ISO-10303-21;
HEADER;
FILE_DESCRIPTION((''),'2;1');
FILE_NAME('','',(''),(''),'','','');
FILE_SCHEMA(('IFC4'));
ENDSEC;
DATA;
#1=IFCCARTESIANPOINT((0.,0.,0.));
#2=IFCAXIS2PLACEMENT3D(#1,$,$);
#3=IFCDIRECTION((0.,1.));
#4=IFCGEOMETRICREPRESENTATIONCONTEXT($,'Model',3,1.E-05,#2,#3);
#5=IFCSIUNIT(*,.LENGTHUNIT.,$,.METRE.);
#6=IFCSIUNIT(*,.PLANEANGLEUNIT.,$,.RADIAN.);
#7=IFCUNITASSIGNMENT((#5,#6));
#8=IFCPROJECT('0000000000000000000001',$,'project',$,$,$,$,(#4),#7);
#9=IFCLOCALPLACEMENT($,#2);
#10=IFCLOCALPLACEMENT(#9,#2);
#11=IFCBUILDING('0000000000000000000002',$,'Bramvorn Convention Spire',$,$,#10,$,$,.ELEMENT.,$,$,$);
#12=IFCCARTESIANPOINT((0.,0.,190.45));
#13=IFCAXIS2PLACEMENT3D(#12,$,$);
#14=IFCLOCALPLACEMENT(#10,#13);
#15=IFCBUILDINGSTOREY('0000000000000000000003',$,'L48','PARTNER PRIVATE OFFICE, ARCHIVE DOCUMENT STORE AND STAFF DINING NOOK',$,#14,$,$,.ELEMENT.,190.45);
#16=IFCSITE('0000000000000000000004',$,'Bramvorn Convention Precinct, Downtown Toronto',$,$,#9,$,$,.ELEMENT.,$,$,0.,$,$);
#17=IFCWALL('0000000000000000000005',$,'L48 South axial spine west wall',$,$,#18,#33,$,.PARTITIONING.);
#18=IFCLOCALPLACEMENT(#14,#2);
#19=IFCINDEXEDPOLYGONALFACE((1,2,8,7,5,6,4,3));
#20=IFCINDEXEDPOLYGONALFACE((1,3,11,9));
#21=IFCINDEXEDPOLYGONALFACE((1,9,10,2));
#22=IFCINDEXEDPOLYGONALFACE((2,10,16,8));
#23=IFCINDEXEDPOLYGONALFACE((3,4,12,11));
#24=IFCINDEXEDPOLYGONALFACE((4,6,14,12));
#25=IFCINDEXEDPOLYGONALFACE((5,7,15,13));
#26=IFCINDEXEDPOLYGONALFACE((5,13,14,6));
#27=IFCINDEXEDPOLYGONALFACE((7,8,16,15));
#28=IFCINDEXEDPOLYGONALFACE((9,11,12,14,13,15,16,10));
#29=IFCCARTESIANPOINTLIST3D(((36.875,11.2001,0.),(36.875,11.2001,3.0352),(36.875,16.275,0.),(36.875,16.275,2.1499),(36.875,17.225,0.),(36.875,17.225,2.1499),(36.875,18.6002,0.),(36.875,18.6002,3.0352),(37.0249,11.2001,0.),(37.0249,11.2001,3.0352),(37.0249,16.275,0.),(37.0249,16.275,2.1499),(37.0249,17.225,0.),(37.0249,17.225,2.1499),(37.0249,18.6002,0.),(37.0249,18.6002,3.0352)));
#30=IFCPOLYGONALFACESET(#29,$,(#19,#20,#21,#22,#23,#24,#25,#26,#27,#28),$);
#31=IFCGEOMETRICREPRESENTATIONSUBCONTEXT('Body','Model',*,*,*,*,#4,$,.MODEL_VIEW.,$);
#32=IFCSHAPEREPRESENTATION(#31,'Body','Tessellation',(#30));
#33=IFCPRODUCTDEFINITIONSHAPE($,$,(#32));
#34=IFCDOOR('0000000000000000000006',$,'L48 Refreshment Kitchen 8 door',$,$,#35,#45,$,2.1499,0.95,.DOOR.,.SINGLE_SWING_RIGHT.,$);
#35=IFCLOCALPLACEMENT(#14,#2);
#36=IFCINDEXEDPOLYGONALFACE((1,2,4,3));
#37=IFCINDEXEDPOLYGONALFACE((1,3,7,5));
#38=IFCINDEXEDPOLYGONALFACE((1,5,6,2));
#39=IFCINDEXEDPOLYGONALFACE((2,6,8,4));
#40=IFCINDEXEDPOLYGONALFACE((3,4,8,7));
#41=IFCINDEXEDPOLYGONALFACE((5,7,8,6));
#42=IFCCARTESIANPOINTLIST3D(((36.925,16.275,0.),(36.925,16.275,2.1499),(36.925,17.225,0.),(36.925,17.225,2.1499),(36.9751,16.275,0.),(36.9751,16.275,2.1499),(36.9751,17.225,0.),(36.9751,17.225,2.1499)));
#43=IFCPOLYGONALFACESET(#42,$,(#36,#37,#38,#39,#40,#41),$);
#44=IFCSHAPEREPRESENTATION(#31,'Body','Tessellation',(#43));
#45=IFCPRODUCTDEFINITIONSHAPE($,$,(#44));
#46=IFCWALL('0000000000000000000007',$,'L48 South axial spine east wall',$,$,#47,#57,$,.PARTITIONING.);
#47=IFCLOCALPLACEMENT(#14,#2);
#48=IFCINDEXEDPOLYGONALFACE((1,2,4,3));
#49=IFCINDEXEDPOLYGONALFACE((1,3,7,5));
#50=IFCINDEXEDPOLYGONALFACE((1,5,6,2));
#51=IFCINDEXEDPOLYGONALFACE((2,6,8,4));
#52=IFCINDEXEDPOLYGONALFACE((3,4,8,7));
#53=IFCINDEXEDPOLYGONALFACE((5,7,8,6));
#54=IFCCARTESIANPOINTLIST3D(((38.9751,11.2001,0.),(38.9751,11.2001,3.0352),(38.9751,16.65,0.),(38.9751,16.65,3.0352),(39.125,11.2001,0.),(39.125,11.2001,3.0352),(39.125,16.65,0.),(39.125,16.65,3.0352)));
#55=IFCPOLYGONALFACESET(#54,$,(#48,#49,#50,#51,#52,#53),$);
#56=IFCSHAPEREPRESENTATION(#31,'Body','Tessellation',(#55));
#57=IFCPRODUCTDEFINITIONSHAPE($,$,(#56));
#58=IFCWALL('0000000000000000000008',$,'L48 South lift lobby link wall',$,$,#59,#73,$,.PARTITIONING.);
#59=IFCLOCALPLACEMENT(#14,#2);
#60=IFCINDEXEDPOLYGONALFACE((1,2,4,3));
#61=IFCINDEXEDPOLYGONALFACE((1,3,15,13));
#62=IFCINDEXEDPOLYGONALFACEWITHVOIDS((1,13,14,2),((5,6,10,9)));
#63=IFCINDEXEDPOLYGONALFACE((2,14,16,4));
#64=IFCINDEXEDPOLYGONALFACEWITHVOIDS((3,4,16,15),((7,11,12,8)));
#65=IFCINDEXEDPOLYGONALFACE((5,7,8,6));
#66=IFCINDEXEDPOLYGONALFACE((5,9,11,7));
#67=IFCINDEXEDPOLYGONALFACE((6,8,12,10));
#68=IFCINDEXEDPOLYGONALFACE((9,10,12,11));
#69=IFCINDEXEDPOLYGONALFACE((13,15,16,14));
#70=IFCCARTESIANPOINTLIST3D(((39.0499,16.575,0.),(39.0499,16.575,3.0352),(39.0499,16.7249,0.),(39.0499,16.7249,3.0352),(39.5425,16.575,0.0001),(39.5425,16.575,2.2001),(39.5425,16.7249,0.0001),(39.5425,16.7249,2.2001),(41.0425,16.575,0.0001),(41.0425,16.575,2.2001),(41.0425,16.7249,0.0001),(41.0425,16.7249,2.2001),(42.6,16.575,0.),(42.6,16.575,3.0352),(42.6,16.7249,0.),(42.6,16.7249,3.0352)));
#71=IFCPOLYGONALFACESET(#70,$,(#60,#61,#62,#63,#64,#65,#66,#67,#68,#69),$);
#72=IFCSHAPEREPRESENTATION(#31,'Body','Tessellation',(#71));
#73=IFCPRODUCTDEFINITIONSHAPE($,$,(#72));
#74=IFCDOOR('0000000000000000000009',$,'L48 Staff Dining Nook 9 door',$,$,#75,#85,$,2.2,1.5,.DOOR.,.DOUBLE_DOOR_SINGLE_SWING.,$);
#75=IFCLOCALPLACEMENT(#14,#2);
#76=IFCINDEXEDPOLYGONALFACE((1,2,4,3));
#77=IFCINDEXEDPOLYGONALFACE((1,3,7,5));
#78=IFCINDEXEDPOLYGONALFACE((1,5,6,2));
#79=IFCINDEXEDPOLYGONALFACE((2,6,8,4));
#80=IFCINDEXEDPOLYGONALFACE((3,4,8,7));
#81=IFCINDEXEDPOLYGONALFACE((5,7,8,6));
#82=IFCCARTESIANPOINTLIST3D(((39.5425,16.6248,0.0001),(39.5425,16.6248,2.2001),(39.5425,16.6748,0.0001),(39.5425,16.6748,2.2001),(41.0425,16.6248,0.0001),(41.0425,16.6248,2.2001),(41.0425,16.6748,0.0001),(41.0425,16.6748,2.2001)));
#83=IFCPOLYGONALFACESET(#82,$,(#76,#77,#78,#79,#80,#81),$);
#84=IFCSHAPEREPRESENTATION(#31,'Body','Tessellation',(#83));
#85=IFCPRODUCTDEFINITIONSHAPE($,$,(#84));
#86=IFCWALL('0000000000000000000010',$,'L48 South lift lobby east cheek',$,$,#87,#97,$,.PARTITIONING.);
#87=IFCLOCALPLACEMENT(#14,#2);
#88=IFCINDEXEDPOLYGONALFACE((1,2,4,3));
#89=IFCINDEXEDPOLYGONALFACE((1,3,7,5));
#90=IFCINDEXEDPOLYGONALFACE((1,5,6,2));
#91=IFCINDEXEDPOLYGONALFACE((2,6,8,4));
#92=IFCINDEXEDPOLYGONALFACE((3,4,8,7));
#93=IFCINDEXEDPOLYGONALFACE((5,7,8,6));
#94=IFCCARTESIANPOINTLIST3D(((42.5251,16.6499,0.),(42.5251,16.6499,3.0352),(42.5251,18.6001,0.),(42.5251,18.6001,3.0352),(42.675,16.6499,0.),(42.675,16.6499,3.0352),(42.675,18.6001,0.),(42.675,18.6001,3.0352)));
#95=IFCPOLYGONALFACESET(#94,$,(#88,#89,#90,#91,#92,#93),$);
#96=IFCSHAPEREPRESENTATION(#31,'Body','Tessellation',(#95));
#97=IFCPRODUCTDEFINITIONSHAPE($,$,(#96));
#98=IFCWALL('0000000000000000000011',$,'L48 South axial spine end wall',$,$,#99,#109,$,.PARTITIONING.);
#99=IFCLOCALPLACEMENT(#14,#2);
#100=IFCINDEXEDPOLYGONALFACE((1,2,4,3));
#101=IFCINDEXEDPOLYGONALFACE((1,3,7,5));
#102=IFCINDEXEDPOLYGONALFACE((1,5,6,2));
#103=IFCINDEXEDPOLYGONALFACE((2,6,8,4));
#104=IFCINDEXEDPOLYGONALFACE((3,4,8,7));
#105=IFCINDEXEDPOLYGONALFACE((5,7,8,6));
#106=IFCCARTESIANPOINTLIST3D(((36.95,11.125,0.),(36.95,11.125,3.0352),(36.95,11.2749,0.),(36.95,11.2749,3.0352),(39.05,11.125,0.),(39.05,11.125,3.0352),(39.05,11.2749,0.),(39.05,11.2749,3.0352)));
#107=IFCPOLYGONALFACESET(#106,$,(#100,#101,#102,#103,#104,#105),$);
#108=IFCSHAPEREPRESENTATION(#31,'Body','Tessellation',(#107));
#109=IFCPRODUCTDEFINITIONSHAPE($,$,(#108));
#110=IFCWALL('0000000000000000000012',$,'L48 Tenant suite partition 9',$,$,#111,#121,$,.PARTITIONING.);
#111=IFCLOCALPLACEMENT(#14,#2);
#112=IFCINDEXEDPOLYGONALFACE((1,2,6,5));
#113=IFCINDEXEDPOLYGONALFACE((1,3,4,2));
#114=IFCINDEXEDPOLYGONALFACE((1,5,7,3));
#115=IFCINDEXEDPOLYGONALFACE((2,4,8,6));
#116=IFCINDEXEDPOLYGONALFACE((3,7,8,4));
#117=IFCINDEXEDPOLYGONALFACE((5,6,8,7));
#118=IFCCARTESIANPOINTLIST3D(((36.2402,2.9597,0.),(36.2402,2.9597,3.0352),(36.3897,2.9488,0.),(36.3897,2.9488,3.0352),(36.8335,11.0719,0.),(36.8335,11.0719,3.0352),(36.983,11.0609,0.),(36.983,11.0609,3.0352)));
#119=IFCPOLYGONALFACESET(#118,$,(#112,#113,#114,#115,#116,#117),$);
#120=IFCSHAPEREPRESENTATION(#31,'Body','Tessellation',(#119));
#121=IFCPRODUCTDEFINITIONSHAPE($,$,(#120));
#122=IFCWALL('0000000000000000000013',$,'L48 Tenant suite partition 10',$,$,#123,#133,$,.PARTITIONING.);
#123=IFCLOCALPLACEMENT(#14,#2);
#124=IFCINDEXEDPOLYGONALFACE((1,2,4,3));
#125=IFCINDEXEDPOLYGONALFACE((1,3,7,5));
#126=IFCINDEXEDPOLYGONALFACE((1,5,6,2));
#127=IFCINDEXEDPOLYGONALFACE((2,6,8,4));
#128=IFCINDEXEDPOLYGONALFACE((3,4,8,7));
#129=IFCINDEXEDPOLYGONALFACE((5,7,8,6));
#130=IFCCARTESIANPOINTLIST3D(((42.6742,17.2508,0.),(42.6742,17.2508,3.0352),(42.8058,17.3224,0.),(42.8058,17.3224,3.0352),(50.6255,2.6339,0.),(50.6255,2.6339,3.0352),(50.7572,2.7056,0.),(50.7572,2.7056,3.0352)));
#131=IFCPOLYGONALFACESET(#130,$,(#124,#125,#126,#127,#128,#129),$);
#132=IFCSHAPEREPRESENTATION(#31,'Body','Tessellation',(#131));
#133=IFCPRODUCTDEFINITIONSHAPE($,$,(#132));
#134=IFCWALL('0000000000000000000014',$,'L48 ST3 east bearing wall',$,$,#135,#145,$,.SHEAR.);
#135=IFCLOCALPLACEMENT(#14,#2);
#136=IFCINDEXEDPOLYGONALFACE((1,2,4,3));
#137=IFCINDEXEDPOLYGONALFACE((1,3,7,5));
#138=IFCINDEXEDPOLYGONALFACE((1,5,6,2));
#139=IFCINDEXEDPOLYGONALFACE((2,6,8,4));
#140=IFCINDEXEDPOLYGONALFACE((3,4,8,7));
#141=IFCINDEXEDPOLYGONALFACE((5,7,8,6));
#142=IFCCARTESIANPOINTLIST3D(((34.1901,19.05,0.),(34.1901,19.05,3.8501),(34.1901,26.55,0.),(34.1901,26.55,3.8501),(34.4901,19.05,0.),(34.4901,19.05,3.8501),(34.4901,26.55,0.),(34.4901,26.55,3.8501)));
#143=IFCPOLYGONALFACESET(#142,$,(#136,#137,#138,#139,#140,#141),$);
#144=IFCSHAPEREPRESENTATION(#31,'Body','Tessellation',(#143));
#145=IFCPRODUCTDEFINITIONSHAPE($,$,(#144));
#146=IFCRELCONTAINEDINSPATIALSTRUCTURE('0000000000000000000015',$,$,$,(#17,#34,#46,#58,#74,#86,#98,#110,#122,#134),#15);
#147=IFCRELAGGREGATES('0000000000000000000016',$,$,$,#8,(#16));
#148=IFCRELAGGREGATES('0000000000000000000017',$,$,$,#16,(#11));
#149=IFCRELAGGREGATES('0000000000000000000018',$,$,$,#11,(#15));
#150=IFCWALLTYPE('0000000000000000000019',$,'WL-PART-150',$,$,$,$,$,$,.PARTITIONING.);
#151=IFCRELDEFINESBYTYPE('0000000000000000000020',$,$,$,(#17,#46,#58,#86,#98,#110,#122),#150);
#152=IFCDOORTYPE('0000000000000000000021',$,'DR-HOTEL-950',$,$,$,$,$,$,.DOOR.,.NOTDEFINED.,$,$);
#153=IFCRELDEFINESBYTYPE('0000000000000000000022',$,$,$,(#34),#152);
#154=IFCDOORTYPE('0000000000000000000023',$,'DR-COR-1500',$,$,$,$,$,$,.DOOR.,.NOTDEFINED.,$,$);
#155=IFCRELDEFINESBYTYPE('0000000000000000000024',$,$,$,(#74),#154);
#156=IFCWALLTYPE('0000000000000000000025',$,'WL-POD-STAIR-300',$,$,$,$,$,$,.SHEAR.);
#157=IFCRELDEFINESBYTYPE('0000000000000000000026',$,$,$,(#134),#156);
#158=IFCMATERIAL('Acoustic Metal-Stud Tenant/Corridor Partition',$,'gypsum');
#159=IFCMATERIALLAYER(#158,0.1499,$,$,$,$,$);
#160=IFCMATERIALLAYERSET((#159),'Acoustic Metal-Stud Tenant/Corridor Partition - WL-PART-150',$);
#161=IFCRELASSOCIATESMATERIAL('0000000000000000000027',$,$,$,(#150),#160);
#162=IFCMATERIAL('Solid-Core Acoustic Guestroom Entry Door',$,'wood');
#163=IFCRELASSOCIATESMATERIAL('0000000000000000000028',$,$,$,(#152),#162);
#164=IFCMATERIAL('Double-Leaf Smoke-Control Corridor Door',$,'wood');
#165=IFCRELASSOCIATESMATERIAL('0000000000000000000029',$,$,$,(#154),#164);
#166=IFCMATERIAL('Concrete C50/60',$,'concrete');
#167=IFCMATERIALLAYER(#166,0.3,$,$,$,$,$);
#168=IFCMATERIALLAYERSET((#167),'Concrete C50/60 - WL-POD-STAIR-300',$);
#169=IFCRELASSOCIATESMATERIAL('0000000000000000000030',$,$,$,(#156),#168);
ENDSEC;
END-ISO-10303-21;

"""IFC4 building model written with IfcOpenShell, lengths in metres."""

from ifc_helpers import new_model, si_unit, direction, frame, frame_2d, origin, place, context, subcontext, project, spatial, rectangle, extrude, material, layer, layer_set, type_object, element, fill, save


model = new_model("IFC4")

# Units and contexts
model_context = context("Model", 3, precision=1e-05, world=origin(), true_north=direction((0.0, 1.0)))
body_context = subcontext(model_context, "Body", "Model", "MODEL_VIEW")
ifc_project = project(units=[si_unit("LENGTHUNIT", "METRE"), si_unit("PLANEANGLEUNIT", "RADIAN")], contexts=[model_context])

# Site, building, storey
site_placement = place(None, origin())
site = spatial("IfcSite", under=ifc_project, at=site_placement, Name="Bramvorn Convention Precinct, Downtown Toronto", CompositionType="ELEMENT", RefElevation=0.0)
building_placement = place(site_placement, origin())
building = spatial("IfcBuilding", under=site, at=building_placement, Name="Bramvorn Convention Spire", CompositionType="ELEMENT")
storey_placement = place(building_placement, frame((0.0, 0.0, 190.45)))
storey = spatial("IfcBuildingStorey", under=building, at=storey_placement, Name="L48", Description="PARTNER PRIVATE OFFICE, ARCHIVE DOCUMENT STORE AND STAFF DINING NOOK", CompositionType="ELEMENT", Elevation=190.45)

# Wall, opening, door
ifc_material_1 = material(Name="Acoustic Metal-Stud Tenant/Corridor Partition", Category="gypsum")
ifc_layer_1 = layer(ifc_material_1, 0.1499)
ifc_layer_set_1 = layer_set([ifc_layer_1], Name="Acoustic Metal-Stud Tenant/Corridor Partition - WL-PART-150")
wall_type_1 = type_object("IfcWallType", Name="WL-PART-150", PredefinedType="PARTITIONING", material=ifc_layer_set_1)
wall_1_placement = place(storey_placement, frame((36.95, 11.2, 0.0), z_axis=(0.0, 0.0, 1.0), x_axis=(0.0, 1.0, 0.0)))
wall_1 = element("IfcWall", 1, at=wall_1_placement, inside=storey, type_object=wall_type_1, Name="L48 South axial spine west wall", PredefinedType="PARTITIONING", context=body_context, shape_type="SweptSolid", body=[
    extrude(rectangle(XDim=7.4001, YDim=0.1499, at=frame_2d((3.7002, 0.0))), origin(), (0.0, 0.0, 1.0), 3.0352),
])
opening_1_placement = place(wall_1_placement, frame((5.075, 0.0, 0.0)))
opening_1 = element("IfcOpeningElement", 2, at=opening_1_placement, cuts=wall_1, PredefinedType="OPENING", context=body_context, shape_type="SweptSolid", body=[
    extrude(rectangle(XDim=0.95, YDim=2.1499, at=frame_2d((0.4751, 1.075))), frame((0.0, 0.085, 0.0), z_axis=(0.0, -1.0, 0.0), x_axis=(1.0, 0.0, 0.0)), (0.0, 0.0, 1.0), 0.1699),
])
ifc_material_2 = material(Name="Solid-Core Acoustic Guestroom Entry Door", Category="wood")
door_type_1 = type_object("IfcDoorType", Name="DR-HOTEL-950", OperationType="NOTDEFINED", PredefinedType="DOOR", material=ifc_material_2)
door_1_placement = place(opening_1_placement, origin())
door_1 = element("IfcDoor", 3, at=door_1_placement, inside=storey, type_object=door_type_1, Name="L48 Refreshment Kitchen 8 door", OperationType="SINGLE_SWING_RIGHT", OverallHeight=2.1499, OverallWidth=0.95, PredefinedType="DOOR", context=body_context, shape_type="SweptSolid", body=[
    extrude(rectangle(XDim=0.95, YDim=2.1499, at=frame_2d((0.4751, 1.075))), frame((0.0, 0.0249, 0.0), z_axis=(0.0, -1.0, 0.0), x_axis=(1.0, 0.0, 0.0)), (0.0, 0.0, 1.0), 0.05),
])
fill(opening_1, door_1)

# Wall
wall_2_placement = place(storey_placement, frame((39.05, 11.2, 0.0), z_axis=(0.0, 0.0, 1.0), x_axis=(0.0, 1.0, 0.0)))
element("IfcWall", 4, at=wall_2_placement, inside=storey, type_object=wall_type_1, Name="L48 South axial spine east wall", PredefinedType="PARTITIONING", context=body_context, shape_type="SweptSolid", body=[
    extrude(rectangle(XDim=5.45, YDim=0.1499, at=frame_2d((2.7251, 0.0))), origin(), (0.0, 0.0, 1.0), 3.0352),
])

# Wall, opening, door
wall_3_placement = place(storey_placement, frame((39.05, 16.6499, 0.0), z_axis=(0.0, 0.0, 1.0), x_axis=(1.0, 0.0, 0.0)))
wall_3 = element("IfcWall", 5, at=wall_3_placement, inside=storey, type_object=wall_type_1, Name="L48 South lift lobby link wall", PredefinedType="PARTITIONING", context=body_context, shape_type="SweptSolid", body=[
    extrude(rectangle(XDim=3.55, YDim=0.1499, at=frame_2d((1.7749, 0.0))), origin(), (0.0, 0.0, 1.0), 3.0352),
])
opening_2_placement = place(wall_3_placement, frame((0.4924, 0.0, 0.0)))
opening_2 = element("IfcOpeningElement", 6, at=opening_2_placement, cuts=wall_3, PredefinedType="OPENING", context=body_context, shape_type="SweptSolid", body=[
    extrude(rectangle(XDim=1.5, YDim=2.2, at=frame_2d((0.75, 1.1001))), frame((0.0, 0.085, 0.0), z_axis=(0.0, -1.0, 0.0), x_axis=(1.0, 0.0, 0.0)), (0.0, 0.0, 1.0), 0.1699),
])
ifc_material_3 = material(Name="Double-Leaf Smoke-Control Corridor Door", Category="wood")
door_type_2 = type_object("IfcDoorType", Name="DR-COR-1500", OperationType="NOTDEFINED", PredefinedType="DOOR", material=ifc_material_3)
door_2_placement = place(opening_2_placement, origin())
door_2 = element("IfcDoor", 7, at=door_2_placement, inside=storey, type_object=door_type_2, Name="L48 Staff Dining Nook 9 door", OperationType="DOUBLE_DOOR_SINGLE_SWING", OverallHeight=2.2, OverallWidth=1.5, PredefinedType="DOOR", context=body_context, shape_type="SweptSolid", body=[
    extrude(rectangle(XDim=1.5, YDim=2.2, at=frame_2d((0.75, 1.1001))), frame((0.0, 0.0249, 0.0), z_axis=(0.0, -1.0, 0.0), x_axis=(1.0, 0.0, 0.0)), (0.0, 0.0, 1.0), 0.05),
])
fill(opening_2, door_2)

# Walls
wall_4_placement = place(storey_placement, frame((42.6001, 16.6499, 0.0), z_axis=(0.0, 0.0, 1.0), x_axis=(0.0, 1.0, 0.0)))
element("IfcWall", 8, at=wall_4_placement, inside=storey, type_object=wall_type_1, Name="L48 South lift lobby east cheek", PredefinedType="PARTITIONING", context=body_context, shape_type="SweptSolid", body=[
    extrude(rectangle(XDim=1.9502, YDim=0.1499, at=frame_2d((0.9751, 0.0))), origin(), (0.0, 0.0, 1.0), 3.0352),
])
wall_5_placement = place(storey_placement, frame((36.95, 11.2, 0.0), z_axis=(0.0, 0.0, 1.0), x_axis=(1.0, 0.0, 0.0)))
element("IfcWall", 9, at=wall_5_placement, inside=storey, type_object=wall_type_1, Name="L48 South axial spine end wall", PredefinedType="PARTITIONING", context=body_context, shape_type="SweptSolid", body=[
    extrude(rectangle(XDim=2.1001, YDim=0.1499, at=frame_2d((1.05, 0.0))), origin(), (0.0, 0.0, 1.0), 3.0352),
])
wall_6_placement = place(storey_placement, frame((36.9082, 11.0664, 0.0), z_axis=(0.0, 0.0, 1.0), x_axis=(-0.072939, -0.997336, 0.0)))
element("IfcWall", 10, at=wall_6_placement, inside=storey, type_object=wall_type_1, Name="L48 Tenant suite partition 9", PredefinedType="PARTITIONING", context=body_context, shape_type="SweptSolid", body=[
    extrude(rectangle(XDim=8.1338, YDim=0.1499, at=frame_2d((4.0669, 0.0))), origin(), (0.0, 0.0, 1.0), 3.0352),
])
wall_7_placement = place(storey_placement, frame((42.74, 17.2866, 0.0), z_axis=(0.0, 0.0, 1.0), x_axis=(0.477858, -0.878437, 0.0)))
element("IfcWall", 11, at=wall_7_placement, inside=storey, type_object=wall_type_1, Name="L48 Tenant suite partition 10", PredefinedType="PARTITIONING", context=body_context, shape_type="SweptSolid", body=[
    extrude(rectangle(XDim=16.6396, YDim=0.1499, at=frame_2d((8.3198, 0.0))), origin(), (0.0, 0.0, 1.0), 3.0352),
])
ifc_material_4 = material(Name="Concrete C50/60", Category="concrete")
ifc_layer_2 = layer(ifc_material_4, 0.3)
ifc_layer_set_2 = layer_set([ifc_layer_2], Name="Concrete C50/60 - WL-POD-STAIR-300")
wall_type_2 = type_object("IfcWallType", Name="WL-POD-STAIR-300", PredefinedType="SHEAR", material=ifc_layer_set_2)
wall_8_placement = place(storey_placement, frame((34.3401, 19.05, 0.0), z_axis=(0.0, 0.0, 1.0), x_axis=(0.0, 1.0, 0.0)))
element("IfcWall", 12, at=wall_8_placement, inside=storey, type_object=wall_type_2, Name="L48 ST3 east bearing wall", PredefinedType="SHEAR", context=body_context, shape_type="SweptSolid", body=[
    extrude(rectangle(XDim=7.5, YDim=0.3, at=frame_2d((3.75, 0.0))), origin(), (0.0, 0.0, 1.0), 3.8501),
])

save(model, "model.ifc")
